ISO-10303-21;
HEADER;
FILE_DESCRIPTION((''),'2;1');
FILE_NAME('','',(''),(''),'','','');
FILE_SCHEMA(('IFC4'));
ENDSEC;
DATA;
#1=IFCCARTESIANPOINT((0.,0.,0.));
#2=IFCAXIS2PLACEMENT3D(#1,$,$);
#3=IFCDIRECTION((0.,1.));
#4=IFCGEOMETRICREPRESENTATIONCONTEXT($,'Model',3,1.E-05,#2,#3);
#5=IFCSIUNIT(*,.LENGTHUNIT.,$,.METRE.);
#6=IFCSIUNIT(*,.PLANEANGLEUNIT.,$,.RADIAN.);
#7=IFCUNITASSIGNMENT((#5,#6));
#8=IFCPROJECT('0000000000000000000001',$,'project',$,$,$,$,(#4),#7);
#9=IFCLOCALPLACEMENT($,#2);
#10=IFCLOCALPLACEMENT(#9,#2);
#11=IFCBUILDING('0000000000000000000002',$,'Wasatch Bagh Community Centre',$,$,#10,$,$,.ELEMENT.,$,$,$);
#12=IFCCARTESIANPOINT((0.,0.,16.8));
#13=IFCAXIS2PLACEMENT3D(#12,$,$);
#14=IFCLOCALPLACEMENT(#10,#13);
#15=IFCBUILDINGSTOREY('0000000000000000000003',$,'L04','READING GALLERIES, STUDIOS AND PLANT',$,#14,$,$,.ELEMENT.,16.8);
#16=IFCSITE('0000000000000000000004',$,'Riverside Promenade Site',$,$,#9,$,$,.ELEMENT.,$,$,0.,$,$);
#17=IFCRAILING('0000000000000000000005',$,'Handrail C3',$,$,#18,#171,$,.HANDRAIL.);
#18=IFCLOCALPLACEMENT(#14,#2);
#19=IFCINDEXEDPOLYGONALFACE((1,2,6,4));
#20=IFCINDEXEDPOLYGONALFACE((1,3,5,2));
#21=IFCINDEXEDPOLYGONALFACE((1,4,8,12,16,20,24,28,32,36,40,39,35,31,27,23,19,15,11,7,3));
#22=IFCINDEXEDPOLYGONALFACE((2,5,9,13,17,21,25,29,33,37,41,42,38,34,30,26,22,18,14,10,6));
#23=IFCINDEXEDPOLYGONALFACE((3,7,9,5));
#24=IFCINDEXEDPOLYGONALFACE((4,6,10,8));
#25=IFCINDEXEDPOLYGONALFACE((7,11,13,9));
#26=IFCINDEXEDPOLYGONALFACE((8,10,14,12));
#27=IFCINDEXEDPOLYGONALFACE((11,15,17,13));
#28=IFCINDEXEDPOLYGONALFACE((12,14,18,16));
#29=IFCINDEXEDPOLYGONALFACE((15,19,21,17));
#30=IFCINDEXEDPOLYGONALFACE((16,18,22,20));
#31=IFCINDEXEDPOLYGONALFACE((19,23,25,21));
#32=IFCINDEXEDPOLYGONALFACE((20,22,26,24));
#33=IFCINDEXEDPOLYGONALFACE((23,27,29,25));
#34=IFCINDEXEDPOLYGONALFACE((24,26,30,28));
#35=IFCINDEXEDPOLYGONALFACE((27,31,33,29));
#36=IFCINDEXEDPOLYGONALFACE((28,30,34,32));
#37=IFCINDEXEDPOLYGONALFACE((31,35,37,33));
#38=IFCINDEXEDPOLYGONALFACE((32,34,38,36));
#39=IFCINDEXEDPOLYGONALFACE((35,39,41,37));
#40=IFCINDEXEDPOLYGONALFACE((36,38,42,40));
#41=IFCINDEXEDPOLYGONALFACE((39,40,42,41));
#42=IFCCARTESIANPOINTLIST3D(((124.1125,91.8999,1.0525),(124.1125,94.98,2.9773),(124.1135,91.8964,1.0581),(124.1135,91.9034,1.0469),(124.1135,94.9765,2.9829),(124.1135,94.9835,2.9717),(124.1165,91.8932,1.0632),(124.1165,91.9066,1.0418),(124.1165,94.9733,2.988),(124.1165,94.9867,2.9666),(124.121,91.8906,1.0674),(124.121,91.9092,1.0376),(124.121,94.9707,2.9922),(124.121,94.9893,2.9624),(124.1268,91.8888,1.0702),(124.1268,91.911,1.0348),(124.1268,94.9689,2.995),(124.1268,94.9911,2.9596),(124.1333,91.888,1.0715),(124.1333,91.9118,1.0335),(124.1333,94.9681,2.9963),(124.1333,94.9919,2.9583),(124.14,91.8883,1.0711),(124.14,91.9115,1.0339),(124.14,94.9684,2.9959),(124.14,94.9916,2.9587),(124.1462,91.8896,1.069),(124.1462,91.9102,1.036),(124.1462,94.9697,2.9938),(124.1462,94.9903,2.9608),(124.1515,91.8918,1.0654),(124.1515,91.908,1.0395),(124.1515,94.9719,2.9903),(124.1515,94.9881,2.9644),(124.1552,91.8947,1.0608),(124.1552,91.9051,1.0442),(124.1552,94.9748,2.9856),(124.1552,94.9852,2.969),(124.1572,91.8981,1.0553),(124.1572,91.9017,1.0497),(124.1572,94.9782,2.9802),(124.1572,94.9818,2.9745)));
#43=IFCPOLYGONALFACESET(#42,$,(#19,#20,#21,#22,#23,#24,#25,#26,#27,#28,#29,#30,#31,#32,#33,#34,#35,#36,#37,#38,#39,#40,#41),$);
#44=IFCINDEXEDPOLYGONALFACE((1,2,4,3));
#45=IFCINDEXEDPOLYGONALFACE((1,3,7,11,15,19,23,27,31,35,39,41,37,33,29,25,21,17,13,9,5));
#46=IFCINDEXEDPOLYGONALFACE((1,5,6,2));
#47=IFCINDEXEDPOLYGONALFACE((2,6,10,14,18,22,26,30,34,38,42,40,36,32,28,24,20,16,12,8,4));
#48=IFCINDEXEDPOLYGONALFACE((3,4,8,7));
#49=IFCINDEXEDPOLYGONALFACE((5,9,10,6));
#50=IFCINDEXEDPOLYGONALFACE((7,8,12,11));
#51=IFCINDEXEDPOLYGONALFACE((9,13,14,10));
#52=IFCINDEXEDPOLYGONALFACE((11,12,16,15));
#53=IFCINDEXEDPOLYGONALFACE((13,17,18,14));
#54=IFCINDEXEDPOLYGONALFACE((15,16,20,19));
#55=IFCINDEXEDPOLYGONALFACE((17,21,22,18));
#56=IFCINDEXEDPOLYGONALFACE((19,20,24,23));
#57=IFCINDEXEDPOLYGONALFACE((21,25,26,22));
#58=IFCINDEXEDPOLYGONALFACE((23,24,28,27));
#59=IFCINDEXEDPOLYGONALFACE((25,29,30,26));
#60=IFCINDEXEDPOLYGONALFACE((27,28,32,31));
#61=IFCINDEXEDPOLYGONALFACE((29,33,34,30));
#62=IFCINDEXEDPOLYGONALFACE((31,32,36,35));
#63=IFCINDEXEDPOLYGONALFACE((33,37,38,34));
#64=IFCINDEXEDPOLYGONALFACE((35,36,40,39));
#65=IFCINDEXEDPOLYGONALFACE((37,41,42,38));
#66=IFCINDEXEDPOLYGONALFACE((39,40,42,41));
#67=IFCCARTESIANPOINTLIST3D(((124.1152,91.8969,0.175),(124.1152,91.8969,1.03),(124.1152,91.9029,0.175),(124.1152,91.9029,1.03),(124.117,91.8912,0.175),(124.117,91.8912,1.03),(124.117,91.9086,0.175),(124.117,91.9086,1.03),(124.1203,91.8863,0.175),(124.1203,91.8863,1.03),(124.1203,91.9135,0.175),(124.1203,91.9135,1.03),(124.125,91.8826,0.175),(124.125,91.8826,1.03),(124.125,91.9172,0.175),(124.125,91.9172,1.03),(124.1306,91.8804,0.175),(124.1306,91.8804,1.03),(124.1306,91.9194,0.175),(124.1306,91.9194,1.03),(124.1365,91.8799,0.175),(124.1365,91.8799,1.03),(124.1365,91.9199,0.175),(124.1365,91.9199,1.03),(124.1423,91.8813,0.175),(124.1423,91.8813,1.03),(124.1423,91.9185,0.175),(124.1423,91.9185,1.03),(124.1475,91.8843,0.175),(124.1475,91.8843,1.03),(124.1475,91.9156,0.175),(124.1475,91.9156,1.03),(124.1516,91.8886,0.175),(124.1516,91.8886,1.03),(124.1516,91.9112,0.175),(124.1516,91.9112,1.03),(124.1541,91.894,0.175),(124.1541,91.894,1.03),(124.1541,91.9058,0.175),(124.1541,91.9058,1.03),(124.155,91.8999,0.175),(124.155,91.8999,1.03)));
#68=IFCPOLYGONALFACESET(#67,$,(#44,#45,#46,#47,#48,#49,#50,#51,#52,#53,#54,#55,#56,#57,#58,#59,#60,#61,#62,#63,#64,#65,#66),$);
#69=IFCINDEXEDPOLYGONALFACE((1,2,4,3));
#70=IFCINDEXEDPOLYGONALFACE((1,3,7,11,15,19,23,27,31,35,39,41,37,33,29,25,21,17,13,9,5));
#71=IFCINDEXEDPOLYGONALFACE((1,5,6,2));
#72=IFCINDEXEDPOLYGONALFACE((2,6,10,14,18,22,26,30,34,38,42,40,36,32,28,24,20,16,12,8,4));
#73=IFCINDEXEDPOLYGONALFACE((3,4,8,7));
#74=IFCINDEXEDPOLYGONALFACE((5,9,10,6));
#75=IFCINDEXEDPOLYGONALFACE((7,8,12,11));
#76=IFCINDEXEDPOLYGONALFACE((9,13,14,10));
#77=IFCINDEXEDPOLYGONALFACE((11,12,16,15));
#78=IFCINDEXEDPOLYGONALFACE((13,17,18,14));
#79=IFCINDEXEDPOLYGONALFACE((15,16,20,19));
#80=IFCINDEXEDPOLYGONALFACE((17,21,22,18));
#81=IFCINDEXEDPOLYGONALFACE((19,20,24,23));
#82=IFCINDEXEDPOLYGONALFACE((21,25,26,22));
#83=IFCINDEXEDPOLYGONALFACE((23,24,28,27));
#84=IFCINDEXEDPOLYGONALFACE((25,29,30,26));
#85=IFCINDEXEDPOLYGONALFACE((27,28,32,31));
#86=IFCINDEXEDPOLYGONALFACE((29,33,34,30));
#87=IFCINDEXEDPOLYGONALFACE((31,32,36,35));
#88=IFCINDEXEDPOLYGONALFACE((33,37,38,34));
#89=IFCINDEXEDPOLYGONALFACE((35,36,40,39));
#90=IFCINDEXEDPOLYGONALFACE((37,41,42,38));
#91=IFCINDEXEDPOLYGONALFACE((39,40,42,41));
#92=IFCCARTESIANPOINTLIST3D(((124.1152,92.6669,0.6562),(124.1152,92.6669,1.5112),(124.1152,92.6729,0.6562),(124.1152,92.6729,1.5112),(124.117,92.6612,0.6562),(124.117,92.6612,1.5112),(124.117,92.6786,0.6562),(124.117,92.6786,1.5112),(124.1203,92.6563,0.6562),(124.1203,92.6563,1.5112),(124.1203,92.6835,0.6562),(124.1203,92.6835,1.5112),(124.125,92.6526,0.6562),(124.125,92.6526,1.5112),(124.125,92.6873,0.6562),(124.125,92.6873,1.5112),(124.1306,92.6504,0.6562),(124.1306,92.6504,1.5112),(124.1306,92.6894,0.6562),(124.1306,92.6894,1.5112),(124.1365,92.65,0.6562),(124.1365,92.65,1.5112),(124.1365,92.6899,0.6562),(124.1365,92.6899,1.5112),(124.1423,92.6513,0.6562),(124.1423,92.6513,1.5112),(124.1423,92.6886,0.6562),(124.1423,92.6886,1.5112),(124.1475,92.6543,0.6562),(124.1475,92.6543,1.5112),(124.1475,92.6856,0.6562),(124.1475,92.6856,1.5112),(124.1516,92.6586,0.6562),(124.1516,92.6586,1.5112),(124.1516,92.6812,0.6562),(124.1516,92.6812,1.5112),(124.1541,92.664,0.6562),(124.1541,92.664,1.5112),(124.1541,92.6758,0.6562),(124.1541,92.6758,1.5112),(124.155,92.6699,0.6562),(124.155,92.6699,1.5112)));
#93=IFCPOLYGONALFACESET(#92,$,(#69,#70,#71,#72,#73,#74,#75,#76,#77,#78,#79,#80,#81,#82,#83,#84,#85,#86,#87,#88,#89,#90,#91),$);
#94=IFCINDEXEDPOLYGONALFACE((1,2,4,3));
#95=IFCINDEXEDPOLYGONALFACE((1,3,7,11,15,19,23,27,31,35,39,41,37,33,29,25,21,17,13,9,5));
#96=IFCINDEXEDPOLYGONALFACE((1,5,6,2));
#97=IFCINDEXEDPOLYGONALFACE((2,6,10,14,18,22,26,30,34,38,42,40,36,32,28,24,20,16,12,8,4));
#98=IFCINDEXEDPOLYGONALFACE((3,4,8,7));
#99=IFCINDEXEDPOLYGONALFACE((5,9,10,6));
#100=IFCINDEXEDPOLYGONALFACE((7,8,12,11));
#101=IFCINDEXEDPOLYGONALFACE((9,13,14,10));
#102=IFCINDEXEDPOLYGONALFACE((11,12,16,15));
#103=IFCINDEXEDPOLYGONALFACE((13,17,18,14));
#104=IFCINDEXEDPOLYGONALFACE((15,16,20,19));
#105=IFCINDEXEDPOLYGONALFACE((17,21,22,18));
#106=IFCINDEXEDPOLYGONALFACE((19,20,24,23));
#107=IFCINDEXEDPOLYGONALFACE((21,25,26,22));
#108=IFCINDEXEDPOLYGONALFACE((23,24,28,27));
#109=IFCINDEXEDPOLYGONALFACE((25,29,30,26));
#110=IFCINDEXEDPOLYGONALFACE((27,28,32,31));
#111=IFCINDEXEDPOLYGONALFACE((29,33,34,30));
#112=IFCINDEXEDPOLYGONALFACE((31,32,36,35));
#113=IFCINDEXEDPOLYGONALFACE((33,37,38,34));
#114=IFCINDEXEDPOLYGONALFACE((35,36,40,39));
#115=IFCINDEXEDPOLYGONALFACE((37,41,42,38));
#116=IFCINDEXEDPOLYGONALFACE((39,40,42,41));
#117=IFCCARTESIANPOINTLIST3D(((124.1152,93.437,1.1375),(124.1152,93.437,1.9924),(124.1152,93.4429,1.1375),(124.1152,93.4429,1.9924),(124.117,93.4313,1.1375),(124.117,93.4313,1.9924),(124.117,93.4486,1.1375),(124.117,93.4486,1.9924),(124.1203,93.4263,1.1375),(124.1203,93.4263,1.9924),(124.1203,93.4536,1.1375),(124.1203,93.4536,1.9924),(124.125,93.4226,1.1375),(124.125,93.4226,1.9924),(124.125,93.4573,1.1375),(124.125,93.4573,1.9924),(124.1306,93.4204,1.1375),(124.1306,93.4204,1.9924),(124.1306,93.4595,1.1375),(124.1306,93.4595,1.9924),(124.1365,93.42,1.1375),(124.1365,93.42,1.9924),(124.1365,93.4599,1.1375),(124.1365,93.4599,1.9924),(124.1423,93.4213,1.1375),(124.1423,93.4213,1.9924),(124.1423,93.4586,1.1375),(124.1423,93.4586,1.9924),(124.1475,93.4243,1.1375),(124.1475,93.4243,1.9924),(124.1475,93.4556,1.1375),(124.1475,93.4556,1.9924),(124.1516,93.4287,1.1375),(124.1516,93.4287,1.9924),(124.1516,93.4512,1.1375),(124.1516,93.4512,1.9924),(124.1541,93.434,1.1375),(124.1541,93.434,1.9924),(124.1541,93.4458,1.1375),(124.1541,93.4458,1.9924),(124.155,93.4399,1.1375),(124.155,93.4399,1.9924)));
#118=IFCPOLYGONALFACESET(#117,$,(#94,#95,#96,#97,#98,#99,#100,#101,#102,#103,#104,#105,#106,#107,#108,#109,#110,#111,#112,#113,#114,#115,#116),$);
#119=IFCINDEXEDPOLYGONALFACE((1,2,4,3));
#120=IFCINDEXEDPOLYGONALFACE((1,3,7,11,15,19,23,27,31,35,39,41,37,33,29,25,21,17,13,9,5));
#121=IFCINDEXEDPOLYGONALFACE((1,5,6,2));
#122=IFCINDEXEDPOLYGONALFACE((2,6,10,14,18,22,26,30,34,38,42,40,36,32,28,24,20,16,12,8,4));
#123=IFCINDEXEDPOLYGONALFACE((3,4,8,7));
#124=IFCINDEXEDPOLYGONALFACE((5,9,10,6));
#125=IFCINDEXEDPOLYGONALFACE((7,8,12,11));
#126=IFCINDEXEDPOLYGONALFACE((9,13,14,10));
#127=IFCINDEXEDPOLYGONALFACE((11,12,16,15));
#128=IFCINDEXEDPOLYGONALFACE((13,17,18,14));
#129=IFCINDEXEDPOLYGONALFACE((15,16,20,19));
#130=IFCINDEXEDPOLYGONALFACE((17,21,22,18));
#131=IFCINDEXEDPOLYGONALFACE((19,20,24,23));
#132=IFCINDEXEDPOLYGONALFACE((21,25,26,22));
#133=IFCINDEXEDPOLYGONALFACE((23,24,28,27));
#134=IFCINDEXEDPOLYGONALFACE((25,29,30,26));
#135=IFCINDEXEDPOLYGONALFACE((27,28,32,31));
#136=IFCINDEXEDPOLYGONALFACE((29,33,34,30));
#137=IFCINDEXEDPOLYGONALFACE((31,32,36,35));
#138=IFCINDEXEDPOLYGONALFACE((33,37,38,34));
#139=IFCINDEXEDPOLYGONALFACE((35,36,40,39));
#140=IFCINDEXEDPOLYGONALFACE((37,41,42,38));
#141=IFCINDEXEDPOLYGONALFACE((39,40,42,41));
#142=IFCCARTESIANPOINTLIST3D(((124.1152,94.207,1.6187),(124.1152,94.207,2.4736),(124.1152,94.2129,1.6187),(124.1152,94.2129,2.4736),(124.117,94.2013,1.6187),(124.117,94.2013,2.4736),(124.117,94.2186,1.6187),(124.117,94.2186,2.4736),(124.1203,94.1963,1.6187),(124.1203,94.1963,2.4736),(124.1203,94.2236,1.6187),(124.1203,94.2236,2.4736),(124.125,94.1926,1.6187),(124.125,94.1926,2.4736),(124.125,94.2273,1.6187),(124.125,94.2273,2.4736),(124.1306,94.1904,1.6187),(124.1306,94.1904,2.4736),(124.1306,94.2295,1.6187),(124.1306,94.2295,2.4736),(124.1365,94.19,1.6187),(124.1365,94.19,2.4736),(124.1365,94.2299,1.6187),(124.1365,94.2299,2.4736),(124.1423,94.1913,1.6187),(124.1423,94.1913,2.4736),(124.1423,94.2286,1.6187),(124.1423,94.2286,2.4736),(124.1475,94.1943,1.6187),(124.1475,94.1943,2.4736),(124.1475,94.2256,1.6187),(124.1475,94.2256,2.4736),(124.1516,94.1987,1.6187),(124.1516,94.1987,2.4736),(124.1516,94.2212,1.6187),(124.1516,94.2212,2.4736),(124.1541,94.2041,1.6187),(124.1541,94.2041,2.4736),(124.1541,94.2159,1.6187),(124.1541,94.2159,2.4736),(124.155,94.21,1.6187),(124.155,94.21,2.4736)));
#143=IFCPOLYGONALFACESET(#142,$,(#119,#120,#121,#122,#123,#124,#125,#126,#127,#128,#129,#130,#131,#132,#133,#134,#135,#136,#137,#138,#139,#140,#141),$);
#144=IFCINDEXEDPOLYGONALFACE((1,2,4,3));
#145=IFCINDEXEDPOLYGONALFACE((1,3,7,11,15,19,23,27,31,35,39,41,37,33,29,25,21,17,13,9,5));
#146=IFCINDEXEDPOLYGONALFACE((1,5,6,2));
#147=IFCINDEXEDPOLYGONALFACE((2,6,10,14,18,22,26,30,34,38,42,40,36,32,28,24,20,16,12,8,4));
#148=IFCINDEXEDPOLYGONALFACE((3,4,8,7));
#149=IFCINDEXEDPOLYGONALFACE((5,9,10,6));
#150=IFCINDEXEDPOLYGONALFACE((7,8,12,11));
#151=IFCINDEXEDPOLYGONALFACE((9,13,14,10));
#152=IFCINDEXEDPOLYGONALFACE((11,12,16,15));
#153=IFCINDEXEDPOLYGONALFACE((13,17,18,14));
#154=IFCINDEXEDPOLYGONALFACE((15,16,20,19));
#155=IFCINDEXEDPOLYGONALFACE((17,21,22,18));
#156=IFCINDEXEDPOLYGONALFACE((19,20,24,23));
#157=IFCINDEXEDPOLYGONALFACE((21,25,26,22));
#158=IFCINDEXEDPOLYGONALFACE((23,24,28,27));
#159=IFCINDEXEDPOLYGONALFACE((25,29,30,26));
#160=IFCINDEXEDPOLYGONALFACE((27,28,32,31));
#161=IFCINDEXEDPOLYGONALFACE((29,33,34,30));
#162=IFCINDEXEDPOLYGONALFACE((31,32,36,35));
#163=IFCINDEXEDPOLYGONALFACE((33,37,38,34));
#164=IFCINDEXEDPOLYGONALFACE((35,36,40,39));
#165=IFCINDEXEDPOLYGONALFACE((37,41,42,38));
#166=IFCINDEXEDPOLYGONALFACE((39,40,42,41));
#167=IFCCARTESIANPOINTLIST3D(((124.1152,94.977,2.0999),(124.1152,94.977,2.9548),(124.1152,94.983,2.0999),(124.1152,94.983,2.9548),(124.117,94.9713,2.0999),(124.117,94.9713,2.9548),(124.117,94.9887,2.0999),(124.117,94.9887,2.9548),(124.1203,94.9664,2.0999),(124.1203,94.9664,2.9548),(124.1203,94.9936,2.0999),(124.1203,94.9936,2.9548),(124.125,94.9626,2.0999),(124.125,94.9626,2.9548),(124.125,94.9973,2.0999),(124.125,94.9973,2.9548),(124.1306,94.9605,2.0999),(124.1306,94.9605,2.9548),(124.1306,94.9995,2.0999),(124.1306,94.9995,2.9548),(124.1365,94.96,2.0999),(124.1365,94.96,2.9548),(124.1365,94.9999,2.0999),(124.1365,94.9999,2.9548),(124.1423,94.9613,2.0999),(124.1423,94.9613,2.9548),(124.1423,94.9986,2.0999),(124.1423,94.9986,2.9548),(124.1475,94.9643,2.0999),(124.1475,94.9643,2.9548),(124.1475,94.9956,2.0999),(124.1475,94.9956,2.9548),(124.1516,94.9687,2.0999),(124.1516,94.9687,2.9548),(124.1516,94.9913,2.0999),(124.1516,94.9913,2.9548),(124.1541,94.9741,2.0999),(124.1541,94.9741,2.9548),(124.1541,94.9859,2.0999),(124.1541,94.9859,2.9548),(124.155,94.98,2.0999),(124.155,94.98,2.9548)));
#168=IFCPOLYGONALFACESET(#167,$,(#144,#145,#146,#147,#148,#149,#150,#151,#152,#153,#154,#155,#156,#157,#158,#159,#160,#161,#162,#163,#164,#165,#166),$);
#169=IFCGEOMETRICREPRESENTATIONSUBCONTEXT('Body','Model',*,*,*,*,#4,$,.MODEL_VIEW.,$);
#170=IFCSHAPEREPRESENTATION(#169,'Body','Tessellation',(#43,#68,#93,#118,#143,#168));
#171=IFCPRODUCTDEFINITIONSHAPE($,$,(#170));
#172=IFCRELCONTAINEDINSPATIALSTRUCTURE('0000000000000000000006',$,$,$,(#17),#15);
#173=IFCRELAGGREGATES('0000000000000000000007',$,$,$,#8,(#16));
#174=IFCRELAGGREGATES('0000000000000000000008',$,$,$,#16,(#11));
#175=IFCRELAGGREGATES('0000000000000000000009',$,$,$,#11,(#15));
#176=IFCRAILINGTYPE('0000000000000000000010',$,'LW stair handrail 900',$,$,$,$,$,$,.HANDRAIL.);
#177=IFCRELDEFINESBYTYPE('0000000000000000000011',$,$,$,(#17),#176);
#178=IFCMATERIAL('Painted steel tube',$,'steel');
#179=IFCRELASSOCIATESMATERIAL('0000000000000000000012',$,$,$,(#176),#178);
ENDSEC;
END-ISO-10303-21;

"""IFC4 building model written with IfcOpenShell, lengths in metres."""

from ifc_helpers import new_model, si_unit, direction, frame, origin, origin_2d, place, context, subcontext, project, spatial, circle, extrude, material, type_object, element, save


model = new_model("IFC4")

# Units and contexts
model_context = context("Model", 3, precision=1e-05, world=origin(), true_north=direction((0.0, 1.0)))
body_context = subcontext(model_context, "Body", "Model", "MODEL_VIEW")
ifc_project = project(units=[si_unit("LENGTHUNIT", "METRE"), si_unit("PLANEANGLEUNIT", "RADIAN")], contexts=[model_context])

# Site, building, storey
site_placement = place(None, origin())
site = spatial("IfcSite", under=ifc_project, at=site_placement, Name="Riverside Promenade Site", CompositionType="ELEMENT", RefElevation=0.0)
building_placement = place(site_placement, origin())
building = spatial("IfcBuilding", under=site, at=building_placement, Name="Wasatch Bagh Community Centre", CompositionType="ELEMENT")
storey_placement = place(building_placement, frame((0.0, 0.0, 16.8)))
storey = spatial("IfcBuildingStorey", under=building, at=storey_placement, Name="L04", Description="READING GALLERIES, STUDIOS AND PLANT", CompositionType="ELEMENT", Elevation=16.8)

# Railing
ifc_material_1 = material(Name="Painted steel tube", Category="steel")
railing_type_1 = type_object("IfcRailingType", Name="LW stair handrail 900", PredefinedType="HANDRAIL", material=ifc_material_1)
for number, where, name in (
    (1, (124.135, 91.8999, 0.175), "Handrail C3"),
):
    element("IfcRailing", number, at=place(storey_placement, frame(where)), inside=storey, type_object=railing_type_1, Name=name, PredefinedType="HANDRAIL", context=body_context, shape_type="SweptSolid", body=[
        extrude(circle(Radius=0.0225, at=origin_2d()), frame((0.0, 0.0, 0.8774), z_axis=(0.0, 0.848029, 0.529951), x_axis=(-1.0, 0.0, 0.0)), (0.0, 0.0, 1.0), 3.6321),
        extrude(circle(Radius=0.02, at=origin_2d()), origin(), (0.0, 0.0, 1.0), 0.855),
        extrude(circle(Radius=0.02, at=origin_2d()), frame((0.0, 0.77, 0.4812)), (0.0, 0.0, 1.0), 0.855),
        extrude(circle(Radius=0.02, at=origin_2d()), frame((0.0, 1.54, 0.9624)), (0.0, 0.0, 1.0), 0.855),
        extrude(circle(Radius=0.02, at=origin_2d()), frame((0.0, 2.3101, 1.4436)), (0.0, 0.0, 1.0), 0.855),
        extrude(circle(Radius=0.02, at=origin_2d()), frame((0.0, 3.0801, 1.9248)), (0.0, 0.0, 1.0), 0.855),
    ])

save(model, "model.ifc")
